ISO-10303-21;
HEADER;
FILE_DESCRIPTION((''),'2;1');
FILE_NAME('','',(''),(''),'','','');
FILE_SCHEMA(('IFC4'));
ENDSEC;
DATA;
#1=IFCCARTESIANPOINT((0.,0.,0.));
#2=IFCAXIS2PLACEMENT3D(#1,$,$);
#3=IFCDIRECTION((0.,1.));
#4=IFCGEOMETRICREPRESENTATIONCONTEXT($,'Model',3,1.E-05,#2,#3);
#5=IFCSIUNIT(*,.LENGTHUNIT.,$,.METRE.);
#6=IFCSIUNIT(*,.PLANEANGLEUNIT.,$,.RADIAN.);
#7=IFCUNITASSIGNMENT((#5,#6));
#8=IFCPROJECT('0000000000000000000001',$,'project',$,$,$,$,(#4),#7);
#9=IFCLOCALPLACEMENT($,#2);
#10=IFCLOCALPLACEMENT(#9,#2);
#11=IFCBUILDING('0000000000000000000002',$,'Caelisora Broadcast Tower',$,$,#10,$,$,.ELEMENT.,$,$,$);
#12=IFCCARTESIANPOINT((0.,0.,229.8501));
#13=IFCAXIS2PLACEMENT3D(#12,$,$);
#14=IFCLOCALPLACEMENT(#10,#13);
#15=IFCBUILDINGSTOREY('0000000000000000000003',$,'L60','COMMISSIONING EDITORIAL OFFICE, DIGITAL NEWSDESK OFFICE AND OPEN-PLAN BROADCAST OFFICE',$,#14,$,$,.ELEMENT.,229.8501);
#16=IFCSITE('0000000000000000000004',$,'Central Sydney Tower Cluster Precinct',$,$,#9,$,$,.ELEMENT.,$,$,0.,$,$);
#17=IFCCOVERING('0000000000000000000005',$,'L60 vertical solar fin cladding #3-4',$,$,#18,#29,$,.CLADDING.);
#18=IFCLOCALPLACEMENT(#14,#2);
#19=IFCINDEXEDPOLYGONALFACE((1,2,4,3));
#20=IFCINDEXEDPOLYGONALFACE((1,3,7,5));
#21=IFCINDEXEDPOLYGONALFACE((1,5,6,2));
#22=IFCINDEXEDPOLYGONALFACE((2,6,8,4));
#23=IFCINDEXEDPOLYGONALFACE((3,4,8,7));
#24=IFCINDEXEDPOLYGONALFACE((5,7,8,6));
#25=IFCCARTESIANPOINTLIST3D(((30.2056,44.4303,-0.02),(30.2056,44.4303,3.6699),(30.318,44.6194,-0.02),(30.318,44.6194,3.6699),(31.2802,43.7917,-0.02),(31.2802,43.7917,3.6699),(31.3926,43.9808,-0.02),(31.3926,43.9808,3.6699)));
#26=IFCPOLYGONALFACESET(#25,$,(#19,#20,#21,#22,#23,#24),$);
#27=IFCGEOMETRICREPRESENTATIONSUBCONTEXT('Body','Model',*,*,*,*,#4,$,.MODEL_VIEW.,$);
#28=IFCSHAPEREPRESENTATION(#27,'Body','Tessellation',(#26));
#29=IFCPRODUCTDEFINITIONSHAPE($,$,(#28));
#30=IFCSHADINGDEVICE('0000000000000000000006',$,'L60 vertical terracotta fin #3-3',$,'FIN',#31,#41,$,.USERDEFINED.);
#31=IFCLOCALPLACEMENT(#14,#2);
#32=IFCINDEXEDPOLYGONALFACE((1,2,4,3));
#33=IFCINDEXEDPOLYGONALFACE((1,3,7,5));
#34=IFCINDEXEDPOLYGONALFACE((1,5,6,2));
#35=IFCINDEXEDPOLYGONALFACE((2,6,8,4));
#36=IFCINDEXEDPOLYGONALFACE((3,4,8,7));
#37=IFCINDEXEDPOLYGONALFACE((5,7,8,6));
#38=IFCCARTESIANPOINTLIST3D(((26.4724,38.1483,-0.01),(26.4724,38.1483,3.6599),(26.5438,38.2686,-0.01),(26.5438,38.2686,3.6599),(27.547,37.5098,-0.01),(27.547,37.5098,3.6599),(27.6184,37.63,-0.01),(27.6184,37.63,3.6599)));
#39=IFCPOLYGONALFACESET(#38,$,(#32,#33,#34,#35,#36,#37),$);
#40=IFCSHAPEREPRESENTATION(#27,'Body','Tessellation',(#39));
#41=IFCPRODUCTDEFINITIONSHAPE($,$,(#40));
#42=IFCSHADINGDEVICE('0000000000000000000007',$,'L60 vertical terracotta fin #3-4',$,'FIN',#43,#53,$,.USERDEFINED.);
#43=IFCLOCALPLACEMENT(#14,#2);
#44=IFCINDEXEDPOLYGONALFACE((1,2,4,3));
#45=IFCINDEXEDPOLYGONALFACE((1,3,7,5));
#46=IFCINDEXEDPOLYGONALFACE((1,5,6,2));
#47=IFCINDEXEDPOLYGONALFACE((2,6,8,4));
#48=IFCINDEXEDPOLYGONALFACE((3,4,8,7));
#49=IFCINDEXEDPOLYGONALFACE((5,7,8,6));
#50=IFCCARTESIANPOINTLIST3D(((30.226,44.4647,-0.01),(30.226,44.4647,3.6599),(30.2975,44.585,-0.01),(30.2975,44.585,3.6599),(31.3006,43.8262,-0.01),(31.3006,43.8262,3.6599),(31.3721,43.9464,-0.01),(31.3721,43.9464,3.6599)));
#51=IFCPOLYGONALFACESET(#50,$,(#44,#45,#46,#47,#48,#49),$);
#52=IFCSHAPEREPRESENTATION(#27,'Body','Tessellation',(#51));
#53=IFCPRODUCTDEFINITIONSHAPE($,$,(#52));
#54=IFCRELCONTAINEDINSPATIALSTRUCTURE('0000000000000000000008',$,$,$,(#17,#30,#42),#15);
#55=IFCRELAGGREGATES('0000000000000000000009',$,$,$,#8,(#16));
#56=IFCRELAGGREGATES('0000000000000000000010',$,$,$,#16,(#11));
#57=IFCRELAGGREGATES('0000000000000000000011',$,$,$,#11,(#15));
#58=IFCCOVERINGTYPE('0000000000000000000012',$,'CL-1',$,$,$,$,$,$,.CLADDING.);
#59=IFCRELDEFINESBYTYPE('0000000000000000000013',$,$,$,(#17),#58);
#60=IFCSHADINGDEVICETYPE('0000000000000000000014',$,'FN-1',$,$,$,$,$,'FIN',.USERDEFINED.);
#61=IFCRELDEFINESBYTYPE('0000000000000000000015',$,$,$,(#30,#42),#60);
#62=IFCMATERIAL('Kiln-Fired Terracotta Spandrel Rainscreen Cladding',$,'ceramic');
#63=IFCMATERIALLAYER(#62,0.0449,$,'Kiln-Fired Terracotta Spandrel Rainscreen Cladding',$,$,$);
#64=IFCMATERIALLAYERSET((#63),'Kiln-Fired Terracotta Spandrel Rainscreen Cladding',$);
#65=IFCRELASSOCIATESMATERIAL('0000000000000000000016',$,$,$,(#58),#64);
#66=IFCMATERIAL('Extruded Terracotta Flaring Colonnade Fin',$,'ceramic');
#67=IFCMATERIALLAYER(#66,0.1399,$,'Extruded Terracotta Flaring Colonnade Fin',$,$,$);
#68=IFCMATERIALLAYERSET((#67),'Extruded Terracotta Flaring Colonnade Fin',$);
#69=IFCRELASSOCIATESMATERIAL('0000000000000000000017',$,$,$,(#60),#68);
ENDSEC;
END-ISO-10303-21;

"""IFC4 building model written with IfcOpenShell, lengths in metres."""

from ifc_helpers import new_model, si_unit, direction, frame, origin, origin_2d, place, context, subcontext, project, spatial, rectangle, extrude, source, transform, mapped, material, layer, layer_set, type_object, type_shapes, element, save


model = new_model("IFC4")

# Units and contexts
model_context = context("Model", 3, precision=1e-05, world=origin(), true_north=direction((0.0, 1.0)))
body_context = subcontext(model_context, "Body", "Model", "MODEL_VIEW")
ifc_project = project(units=[si_unit("LENGTHUNIT", "METRE"), si_unit("PLANEANGLEUNIT", "RADIAN")], contexts=[model_context])

# Site, building, storey
site_placement = place(None, origin())
site = spatial("IfcSite", under=ifc_project, at=site_placement, Name="Central Sydney Tower Cluster Precinct", CompositionType="ELEMENT", RefElevation=0.0)
building_placement = place(site_placement, origin())
building = spatial("IfcBuilding", under=site, at=building_placement, Name="Caelisora Broadcast Tower", CompositionType="ELEMENT")
storey_placement = place(building_placement, frame((0.0, 0.0, 229.8501)))
storey = spatial("IfcBuildingStorey", under=building, at=storey_placement, Name="L60", Description="COMMISSIONING EDITORIAL OFFICE, DIGITAL NEWSDESK OFFICE AND OPEN-PLAN BROADCAST OFFICE", CompositionType="ELEMENT", Elevation=229.8501)

# Covering
ifc_material_1 = material(Name="Kiln-Fired Terracotta Spandrel Rainscreen Cladding", Category="ceramic")
ifc_layer_1 = layer(ifc_material_1, 0.0449, Name="Kiln-Fired Terracotta Spandrel Rainscreen Cladding")
ifc_layer_set_1 = layer_set([ifc_layer_1], Name="Kiln-Fired Terracotta Spandrel Rainscreen Cladding")
covering_type = type_object("IfcCoveringType", Name="CL-1", PredefinedType="CLADDING", material=ifc_layer_set_1)
shared_shape_1 = source(origin(), body_context, "Body", "SweptSolid", [
    extrude(rectangle(XDim=0.22, YDim=1.25, at=origin_2d()), origin(), (0.0, 0.0, 1.0), 3.6899),
])
type_shapes(covering_type, [shared_shape_1])
for number, where, z_axis, x_axis, name in (
    (1, (30.7991, 44.2056, -0.02), (0.0, 0.0, 1.0), (0.510843, 0.859674, 0.0), "L60 vertical solar fin cladding #3-4"),
):
    element("IfcCovering", number, at=place(storey_placement, frame(where, z_axis=z_axis, x_axis=x_axis)), inside=storey, type_object=covering_type, Name=name, PredefinedType="CLADDING", context=body_context, shape_type="MappedRepresentation", body=[
        mapped(shared_shape_1, transform((0.0, 0.0, 0.0), scale=1.0)),
    ])

# Shading devices
ifc_material_2 = material(Name="Extruded Terracotta Flaring Colonnade Fin", Category="ceramic")
ifc_layer_2 = layer(ifc_material_2, 0.1399, Name="Extruded Terracotta Flaring Colonnade Fin")
ifc_layer_set_2 = layer_set([ifc_layer_2], Name="Extruded Terracotta Flaring Colonnade Fin")
shading_device_type = type_object("IfcShadingDeviceType", Name="FN-1", ElementType="FIN", PredefinedType="USERDEFINED", material=ifc_layer_set_2)
shared_shape_2 = source(origin(), body_context, "Body", "SweptSolid", [
    extrude(rectangle(XDim=0.1399, YDim=1.25, at=origin_2d()), origin(), (0.0, 0.0, 1.0), 3.6699),
])
type_shapes(shading_device_type, [shared_shape_2])
for number, where, z_axis, x_axis, name in (
    (2, (27.0454, 37.8892, -0.01), (0.0, 0.0, 1.0), (0.510843, 0.859674, 0.0), "L60 vertical terracotta fin #3-3"),
    (3, (30.7991, 44.2056, -0.01), (0.0, 0.0, 1.0), (0.510843, 0.859674, 0.0), "L60 vertical terracotta fin #3-4"),
):
    element("IfcShadingDevice", number, at=place(storey_placement, frame(where, z_axis=z_axis, x_axis=x_axis)), inside=storey, type_object=shading_device_type, Name=name, ObjectType="FIN", PredefinedType="USERDEFINED", context=body_context, shape_type="MappedRepresentation", body=[
        mapped(shared_shape_2, transform((0.0, 0.0, 0.0), scale=1.0)),
    ])

save(model, "model.ifc")
